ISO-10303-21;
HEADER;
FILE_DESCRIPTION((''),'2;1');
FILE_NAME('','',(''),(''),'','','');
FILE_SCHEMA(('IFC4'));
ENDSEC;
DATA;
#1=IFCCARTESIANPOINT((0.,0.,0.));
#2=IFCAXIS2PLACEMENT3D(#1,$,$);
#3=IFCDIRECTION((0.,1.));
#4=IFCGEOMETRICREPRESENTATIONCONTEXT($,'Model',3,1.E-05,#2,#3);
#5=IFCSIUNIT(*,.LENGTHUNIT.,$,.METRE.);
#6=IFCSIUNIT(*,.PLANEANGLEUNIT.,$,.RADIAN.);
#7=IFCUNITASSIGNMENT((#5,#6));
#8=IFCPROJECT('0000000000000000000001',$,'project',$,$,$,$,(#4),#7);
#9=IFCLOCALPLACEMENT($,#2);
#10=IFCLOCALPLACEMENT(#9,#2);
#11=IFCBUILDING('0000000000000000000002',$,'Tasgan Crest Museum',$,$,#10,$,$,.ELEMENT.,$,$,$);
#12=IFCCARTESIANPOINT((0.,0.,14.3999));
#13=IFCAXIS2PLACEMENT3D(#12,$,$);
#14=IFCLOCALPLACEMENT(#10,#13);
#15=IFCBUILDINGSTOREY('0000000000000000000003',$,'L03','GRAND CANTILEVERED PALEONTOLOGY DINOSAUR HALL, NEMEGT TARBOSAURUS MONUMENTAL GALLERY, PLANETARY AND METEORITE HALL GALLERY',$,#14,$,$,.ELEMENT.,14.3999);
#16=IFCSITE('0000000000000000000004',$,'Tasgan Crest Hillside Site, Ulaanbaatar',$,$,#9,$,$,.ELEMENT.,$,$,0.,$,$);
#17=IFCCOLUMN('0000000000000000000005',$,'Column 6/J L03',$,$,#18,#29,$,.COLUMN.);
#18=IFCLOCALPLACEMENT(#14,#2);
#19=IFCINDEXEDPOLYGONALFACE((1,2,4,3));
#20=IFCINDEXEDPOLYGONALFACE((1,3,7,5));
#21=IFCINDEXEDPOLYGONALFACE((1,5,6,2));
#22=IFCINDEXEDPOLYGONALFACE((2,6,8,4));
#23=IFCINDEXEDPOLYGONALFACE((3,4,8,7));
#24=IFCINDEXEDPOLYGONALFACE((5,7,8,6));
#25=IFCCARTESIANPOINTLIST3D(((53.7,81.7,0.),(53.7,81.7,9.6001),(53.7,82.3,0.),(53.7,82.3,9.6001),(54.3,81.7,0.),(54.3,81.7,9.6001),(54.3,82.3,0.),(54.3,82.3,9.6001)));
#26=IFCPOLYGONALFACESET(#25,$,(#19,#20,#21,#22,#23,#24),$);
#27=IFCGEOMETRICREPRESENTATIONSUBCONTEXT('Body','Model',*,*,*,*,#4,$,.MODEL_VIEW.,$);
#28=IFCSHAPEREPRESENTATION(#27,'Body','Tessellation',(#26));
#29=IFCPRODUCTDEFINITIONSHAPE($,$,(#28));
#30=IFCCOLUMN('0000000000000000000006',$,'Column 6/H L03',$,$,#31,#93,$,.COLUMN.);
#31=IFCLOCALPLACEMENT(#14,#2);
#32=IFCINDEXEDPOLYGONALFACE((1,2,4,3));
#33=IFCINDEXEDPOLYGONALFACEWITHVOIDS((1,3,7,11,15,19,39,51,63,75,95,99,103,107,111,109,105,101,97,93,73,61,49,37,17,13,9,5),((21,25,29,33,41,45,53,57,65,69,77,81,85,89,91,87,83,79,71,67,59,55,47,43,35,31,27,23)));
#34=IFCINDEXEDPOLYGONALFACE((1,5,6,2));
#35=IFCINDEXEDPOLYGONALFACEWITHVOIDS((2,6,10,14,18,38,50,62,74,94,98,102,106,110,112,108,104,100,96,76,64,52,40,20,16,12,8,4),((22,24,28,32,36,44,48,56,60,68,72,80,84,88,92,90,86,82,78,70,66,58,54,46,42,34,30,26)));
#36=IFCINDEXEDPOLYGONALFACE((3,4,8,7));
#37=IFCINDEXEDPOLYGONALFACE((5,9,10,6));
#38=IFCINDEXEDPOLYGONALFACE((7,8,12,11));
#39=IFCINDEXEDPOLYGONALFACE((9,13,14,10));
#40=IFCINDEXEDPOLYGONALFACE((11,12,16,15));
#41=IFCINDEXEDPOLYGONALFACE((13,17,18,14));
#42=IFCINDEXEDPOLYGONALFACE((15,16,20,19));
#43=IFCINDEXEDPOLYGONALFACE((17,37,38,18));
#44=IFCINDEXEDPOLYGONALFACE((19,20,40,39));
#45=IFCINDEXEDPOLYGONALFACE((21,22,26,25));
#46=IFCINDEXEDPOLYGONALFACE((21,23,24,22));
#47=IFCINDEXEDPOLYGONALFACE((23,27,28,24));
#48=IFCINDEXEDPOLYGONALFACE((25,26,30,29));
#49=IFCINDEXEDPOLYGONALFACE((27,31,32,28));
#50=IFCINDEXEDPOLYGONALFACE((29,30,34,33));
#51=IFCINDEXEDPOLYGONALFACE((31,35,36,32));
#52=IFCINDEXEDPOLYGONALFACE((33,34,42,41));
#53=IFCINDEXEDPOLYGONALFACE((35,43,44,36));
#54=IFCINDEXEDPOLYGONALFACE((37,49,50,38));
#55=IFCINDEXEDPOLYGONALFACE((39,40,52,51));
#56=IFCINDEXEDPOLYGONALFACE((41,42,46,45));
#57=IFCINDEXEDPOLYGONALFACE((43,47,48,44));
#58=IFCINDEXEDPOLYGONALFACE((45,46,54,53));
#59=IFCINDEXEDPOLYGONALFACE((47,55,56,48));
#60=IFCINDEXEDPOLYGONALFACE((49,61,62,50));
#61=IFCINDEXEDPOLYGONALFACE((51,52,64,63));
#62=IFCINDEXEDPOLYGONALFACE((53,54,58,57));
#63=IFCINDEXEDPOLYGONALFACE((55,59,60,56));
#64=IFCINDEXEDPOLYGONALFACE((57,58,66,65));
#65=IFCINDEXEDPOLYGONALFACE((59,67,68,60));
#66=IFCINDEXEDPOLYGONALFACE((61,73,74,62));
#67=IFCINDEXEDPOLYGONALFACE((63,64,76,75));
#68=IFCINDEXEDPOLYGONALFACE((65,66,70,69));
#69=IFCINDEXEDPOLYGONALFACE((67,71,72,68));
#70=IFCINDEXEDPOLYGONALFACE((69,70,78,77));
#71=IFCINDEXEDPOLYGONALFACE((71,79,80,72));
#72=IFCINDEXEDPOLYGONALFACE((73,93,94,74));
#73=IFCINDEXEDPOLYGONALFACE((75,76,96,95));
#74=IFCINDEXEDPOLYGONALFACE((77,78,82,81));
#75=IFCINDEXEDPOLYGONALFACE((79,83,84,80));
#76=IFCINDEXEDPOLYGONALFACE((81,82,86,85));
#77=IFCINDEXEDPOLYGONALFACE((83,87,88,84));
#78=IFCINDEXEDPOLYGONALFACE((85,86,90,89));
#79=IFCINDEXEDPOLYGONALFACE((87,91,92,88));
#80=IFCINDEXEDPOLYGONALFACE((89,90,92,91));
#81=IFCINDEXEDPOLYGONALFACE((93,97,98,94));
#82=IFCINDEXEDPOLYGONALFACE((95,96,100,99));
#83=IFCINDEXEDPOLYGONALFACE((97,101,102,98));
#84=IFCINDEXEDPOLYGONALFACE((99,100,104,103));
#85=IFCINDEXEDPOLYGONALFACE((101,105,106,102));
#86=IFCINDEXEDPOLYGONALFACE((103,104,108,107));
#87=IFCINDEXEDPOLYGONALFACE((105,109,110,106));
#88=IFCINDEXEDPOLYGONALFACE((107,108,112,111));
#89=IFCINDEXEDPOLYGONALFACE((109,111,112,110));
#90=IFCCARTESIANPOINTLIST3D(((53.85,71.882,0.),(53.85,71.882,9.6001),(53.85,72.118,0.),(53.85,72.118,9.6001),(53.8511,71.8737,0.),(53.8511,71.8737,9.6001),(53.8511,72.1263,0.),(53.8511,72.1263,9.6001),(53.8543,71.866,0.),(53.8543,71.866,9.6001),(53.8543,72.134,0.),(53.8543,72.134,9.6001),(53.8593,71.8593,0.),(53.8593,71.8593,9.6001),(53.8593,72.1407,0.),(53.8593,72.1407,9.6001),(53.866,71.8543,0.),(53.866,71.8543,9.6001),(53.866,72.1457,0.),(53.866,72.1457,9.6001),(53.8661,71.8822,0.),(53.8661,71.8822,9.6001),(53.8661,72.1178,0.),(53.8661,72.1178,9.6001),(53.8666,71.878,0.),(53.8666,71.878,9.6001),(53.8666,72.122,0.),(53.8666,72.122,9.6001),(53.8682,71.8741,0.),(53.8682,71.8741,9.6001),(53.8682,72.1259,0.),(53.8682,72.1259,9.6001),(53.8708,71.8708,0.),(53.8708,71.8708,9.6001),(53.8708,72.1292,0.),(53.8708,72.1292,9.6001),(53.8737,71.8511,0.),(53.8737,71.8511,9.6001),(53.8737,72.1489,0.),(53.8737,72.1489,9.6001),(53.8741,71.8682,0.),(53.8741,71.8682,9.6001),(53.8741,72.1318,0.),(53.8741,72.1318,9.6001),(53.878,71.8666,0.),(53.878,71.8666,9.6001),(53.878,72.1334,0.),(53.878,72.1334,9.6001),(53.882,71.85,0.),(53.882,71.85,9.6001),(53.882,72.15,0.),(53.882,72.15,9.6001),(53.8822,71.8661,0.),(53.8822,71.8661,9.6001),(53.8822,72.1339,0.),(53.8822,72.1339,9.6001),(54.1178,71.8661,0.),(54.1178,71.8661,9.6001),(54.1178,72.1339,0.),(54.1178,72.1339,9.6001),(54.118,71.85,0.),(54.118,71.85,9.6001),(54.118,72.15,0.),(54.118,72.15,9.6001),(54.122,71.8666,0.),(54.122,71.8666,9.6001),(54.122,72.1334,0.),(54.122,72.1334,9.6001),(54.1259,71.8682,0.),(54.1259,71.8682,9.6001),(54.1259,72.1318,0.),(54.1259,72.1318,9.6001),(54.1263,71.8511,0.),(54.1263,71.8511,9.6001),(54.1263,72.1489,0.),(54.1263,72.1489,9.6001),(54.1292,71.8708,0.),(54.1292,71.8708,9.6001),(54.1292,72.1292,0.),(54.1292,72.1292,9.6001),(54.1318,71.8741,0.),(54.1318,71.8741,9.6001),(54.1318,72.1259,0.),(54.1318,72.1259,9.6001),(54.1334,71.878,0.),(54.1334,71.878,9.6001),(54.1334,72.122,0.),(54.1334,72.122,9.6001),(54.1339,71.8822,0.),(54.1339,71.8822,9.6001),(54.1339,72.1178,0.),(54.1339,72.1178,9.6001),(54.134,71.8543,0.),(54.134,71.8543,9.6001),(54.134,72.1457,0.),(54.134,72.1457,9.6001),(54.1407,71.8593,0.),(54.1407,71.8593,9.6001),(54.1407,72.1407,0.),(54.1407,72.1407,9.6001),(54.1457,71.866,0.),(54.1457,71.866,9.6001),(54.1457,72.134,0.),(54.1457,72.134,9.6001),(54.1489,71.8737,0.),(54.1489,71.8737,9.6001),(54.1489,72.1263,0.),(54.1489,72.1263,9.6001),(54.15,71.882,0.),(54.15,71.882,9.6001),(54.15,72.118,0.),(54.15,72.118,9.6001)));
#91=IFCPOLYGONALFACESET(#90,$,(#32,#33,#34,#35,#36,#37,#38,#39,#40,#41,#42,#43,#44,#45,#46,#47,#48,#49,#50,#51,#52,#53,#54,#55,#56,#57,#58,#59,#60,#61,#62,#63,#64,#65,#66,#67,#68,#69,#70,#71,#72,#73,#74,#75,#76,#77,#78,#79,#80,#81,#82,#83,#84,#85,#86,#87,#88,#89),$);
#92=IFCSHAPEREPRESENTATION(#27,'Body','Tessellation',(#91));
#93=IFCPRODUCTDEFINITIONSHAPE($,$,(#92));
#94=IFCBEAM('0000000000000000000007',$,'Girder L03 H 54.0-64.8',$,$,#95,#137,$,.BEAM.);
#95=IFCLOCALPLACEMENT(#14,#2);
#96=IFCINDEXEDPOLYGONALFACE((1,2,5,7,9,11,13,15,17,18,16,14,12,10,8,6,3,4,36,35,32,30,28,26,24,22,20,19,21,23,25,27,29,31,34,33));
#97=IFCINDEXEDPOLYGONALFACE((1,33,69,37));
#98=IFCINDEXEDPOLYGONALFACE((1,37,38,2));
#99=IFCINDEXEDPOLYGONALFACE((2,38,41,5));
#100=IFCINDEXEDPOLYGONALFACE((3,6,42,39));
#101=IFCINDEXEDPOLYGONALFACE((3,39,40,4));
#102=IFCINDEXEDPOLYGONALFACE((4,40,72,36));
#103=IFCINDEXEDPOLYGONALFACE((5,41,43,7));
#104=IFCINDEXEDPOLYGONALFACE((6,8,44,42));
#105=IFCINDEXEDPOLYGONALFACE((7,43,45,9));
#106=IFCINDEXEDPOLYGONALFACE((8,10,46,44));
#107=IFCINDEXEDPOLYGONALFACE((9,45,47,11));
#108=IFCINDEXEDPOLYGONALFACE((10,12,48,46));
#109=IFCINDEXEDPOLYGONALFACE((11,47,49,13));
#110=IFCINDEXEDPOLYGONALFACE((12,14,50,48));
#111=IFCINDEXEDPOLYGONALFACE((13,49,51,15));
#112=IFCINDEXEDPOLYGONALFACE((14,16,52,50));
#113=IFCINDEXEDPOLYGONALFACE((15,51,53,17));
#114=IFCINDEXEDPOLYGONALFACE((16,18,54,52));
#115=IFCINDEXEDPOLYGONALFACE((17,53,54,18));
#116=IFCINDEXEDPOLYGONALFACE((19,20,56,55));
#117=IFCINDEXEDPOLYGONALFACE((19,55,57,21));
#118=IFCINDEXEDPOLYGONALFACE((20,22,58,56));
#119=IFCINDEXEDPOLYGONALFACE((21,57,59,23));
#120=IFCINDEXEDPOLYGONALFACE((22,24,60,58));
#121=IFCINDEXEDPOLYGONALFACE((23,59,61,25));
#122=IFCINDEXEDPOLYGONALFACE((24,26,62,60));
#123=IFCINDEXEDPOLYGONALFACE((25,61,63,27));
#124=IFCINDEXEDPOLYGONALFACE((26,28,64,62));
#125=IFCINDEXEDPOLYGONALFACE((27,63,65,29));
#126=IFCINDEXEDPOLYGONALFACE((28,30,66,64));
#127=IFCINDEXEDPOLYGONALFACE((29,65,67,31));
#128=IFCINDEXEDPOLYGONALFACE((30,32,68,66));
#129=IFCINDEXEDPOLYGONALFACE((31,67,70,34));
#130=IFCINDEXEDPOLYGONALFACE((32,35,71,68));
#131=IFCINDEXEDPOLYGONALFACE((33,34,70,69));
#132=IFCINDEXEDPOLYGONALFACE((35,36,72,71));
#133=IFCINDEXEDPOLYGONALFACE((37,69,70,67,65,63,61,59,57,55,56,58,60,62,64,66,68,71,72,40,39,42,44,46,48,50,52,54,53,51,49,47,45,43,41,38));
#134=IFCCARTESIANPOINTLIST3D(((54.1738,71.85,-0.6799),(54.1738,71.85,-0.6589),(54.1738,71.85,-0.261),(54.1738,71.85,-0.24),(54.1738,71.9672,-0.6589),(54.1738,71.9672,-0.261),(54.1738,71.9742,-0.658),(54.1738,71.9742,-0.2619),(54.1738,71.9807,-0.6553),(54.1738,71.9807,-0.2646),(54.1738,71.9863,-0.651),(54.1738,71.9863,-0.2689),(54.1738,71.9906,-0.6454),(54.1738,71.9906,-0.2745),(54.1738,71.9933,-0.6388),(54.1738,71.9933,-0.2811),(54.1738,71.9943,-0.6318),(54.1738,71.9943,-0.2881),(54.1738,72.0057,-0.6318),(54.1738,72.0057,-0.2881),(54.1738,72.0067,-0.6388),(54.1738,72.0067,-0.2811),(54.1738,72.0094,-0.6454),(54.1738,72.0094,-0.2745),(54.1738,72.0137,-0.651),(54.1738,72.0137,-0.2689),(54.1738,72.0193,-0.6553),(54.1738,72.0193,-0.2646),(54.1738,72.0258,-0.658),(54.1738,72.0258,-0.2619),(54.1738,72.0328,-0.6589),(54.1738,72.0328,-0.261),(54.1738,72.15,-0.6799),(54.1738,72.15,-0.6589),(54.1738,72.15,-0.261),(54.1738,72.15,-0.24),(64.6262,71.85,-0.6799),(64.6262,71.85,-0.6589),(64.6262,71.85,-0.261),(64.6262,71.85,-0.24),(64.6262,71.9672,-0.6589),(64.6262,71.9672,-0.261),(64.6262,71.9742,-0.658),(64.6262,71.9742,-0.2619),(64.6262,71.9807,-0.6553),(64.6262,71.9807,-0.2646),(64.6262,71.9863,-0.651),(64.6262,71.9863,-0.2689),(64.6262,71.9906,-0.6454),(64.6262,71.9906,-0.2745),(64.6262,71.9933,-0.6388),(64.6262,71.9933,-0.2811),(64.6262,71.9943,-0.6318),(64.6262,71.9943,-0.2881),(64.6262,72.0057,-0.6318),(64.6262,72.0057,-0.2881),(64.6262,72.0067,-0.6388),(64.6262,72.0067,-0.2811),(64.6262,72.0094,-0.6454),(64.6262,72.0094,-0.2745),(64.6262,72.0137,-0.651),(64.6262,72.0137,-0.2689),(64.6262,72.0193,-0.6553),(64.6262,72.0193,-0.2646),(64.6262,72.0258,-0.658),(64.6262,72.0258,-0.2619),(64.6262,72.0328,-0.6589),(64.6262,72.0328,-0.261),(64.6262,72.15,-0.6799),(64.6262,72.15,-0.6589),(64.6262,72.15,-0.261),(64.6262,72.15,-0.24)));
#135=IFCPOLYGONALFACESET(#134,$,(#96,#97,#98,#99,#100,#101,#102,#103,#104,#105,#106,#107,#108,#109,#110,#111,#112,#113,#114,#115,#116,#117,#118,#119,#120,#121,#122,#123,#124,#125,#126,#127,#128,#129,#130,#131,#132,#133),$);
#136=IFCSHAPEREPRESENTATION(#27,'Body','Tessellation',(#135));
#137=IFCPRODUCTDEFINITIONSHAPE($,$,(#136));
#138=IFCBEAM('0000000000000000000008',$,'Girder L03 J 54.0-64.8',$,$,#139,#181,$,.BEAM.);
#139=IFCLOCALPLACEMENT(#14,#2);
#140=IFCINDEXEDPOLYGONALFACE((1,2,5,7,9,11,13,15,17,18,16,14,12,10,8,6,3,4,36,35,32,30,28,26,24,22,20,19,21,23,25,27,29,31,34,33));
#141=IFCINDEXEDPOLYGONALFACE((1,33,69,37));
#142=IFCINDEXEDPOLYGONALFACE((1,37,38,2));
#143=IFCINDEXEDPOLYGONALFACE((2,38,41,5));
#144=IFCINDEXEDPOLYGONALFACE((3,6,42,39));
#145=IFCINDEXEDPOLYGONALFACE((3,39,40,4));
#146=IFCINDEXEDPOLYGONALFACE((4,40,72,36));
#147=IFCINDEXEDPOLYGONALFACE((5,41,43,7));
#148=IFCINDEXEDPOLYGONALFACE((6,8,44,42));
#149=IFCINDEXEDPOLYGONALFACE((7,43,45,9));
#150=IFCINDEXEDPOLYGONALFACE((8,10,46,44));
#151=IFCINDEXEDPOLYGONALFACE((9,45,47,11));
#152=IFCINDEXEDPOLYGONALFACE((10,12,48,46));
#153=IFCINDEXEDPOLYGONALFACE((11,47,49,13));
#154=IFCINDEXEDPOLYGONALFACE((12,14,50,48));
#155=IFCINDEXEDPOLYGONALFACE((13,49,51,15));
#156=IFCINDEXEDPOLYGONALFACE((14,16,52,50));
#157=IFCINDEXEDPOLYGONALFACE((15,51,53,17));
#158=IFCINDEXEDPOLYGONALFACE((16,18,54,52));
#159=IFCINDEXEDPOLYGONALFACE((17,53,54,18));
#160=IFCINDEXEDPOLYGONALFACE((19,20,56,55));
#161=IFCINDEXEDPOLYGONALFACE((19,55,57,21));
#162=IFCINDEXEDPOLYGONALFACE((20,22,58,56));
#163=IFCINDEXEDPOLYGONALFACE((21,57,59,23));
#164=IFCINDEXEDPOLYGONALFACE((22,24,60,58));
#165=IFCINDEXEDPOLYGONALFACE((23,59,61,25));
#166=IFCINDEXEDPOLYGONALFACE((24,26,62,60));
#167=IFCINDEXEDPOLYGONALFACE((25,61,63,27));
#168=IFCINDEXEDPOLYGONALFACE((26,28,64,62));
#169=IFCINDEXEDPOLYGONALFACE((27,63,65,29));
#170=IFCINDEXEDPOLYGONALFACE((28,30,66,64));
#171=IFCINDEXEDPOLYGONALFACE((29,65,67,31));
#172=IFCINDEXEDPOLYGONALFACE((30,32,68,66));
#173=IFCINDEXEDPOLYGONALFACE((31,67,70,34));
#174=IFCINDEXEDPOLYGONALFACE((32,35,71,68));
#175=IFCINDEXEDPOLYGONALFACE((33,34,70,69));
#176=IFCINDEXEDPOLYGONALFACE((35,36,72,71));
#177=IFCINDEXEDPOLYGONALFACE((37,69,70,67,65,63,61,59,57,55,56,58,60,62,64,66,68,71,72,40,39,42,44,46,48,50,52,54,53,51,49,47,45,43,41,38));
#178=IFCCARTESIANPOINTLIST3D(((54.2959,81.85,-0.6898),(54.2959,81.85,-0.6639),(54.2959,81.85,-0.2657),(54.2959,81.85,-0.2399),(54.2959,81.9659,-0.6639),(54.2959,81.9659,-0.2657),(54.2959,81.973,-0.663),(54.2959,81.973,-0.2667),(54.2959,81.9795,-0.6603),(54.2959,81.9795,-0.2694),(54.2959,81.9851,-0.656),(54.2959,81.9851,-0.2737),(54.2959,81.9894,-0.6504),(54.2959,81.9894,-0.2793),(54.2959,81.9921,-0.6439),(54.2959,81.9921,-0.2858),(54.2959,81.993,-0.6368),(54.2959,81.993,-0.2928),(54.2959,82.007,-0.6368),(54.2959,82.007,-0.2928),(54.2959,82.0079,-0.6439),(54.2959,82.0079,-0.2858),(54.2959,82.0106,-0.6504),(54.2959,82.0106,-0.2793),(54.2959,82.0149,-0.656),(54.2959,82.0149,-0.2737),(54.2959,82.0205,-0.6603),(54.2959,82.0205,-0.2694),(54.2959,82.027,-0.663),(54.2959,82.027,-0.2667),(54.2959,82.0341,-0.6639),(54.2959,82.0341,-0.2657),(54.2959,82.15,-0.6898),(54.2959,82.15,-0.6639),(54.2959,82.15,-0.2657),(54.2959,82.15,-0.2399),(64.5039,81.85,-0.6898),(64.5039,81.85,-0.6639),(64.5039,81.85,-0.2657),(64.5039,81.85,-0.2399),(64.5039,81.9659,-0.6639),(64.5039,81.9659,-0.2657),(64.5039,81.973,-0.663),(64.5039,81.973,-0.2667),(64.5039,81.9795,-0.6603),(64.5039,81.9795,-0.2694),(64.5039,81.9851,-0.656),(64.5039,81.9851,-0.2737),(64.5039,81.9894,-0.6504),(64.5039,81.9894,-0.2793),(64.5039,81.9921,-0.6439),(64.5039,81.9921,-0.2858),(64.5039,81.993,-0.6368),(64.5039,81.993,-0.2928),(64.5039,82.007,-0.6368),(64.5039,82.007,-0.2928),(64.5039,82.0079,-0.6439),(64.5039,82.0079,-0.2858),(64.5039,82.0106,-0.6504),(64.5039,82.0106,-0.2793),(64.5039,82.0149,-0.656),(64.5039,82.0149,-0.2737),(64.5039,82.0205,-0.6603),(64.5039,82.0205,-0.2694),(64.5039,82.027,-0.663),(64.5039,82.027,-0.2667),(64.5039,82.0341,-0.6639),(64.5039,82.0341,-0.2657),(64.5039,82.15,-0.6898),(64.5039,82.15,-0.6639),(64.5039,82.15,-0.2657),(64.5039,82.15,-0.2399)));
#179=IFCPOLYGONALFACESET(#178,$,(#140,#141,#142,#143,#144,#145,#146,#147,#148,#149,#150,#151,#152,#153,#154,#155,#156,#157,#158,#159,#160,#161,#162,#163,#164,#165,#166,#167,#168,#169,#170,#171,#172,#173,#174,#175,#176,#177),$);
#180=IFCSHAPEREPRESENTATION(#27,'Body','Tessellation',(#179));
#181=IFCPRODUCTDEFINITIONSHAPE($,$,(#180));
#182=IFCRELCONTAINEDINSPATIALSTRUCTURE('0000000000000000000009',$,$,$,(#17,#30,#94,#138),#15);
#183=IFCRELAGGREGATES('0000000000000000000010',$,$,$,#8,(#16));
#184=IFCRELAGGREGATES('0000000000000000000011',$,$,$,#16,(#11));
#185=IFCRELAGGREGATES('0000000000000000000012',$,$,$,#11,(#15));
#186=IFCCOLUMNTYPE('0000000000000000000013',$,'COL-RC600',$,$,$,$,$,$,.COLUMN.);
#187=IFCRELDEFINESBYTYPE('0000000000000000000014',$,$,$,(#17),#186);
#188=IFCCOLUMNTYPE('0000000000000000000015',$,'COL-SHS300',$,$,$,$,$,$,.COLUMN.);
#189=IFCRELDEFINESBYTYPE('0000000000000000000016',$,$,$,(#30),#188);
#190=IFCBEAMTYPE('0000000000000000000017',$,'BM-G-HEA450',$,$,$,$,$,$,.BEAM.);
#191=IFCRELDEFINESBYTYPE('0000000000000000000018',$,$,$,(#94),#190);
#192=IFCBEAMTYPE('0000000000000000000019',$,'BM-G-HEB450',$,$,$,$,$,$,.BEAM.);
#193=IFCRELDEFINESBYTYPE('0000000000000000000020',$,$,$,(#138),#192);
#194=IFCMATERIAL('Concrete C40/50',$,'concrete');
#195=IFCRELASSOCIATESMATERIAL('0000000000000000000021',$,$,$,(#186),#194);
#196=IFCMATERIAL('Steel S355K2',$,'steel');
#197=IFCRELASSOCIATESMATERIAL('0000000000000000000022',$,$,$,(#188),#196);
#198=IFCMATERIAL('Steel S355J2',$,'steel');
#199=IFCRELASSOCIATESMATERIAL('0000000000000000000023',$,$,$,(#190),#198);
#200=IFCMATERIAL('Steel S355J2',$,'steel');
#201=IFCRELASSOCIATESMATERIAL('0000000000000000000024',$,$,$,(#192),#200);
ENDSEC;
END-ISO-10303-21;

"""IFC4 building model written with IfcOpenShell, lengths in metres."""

from ifc_helpers import new_model, si_unit, direction, frame, origin, origin_2d, place, context, subcontext, project, spatial, rectangle, hollow_rectangle, i_section, extrude, material, material_profile, profile_set, type_object, element, save


model = new_model("IFC4")

# Units and contexts
model_context = context("Model", 3, precision=1e-05, world=origin(), true_north=direction((0.0, 1.0)))
body_context = subcontext(model_context, "Body", "Model", "MODEL_VIEW")
ifc_project = project(units=[si_unit("LENGTHUNIT", "METRE"), si_unit("PLANEANGLEUNIT", "RADIAN")], contexts=[model_context])

# Site, building, storey
site_placement = place(None, origin())
site = spatial("IfcSite", under=ifc_project, at=site_placement, Name="Tasgan Crest Hillside Site, Ulaanbaatar", CompositionType="ELEMENT", RefElevation=0.0)
building_placement = place(site_placement, origin())
building = spatial("IfcBuilding", under=site, at=building_placement, Name="Tasgan Crest Museum", CompositionType="ELEMENT")
storey_placement = place(building_placement, frame((0.0, 0.0, 14.3999)))
storey = spatial("IfcBuildingStorey", under=building, at=storey_placement, Name="L03", Description="GRAND CANTILEVERED PALEONTOLOGY DINOSAUR HALL, NEMEGT TARBOSAURUS MONUMENTAL GALLERY, PLANETARY AND METEORITE HALL GALLERY", CompositionType="ELEMENT", Elevation=14.3999)

# Columns
ifc_material_1 = material(Name="Concrete C40/50", Category="concrete")
ifc_material_profile_1 = material_profile(ifc_material_1, rectangle(XDim=0.6001, YDim=0.6001, at=origin_2d()), Name="RC 600x600")
ifc_profile_set_1 = profile_set([ifc_material_profile_1], Name="Concrete C40/50")
column_type_1 = type_object("IfcColumnType", Name="COL-RC600", PredefinedType="COLUMN", material=ifc_profile_set_1)
column_1_placement = place(storey_placement, frame((54.0, 82.0, 0.0), z_axis=(0.0, 0.0, 1.0), x_axis=(1.0, 0.0, 0.0)))
element("IfcColumn", 1, at=column_1_placement, inside=storey, type_object=column_type_1, Name="Column 6/J L03", PredefinedType="COLUMN", context=body_context, shape_type="SweptSolid", body=[
    extrude(rectangle(XDim=0.6001, YDim=0.6001, at=origin_2d()), origin(), (0.0, 0.0, 1.0), 9.6001),
])
ifc_material_2 = material(Name="Steel S355K2", Category="steel")
ifc_material_profile_2 = material_profile(ifc_material_2, hollow_rectangle(XDim=0.3, YDim=0.3, WallThickness=0.0161, InnerFilletRadius=0.0161, OuterFilletRadius=0.032, at=origin_2d()), Name="SHS 300x300x16")
ifc_profile_set_2 = profile_set([ifc_material_profile_2], Name="Steel S355K2")
column_type_2 = type_object("IfcColumnType", Name="COL-SHS300", PredefinedType="COLUMN", material=ifc_profile_set_2)
column_2_placement = place(storey_placement, frame((54.0, 72.0, 0.0), z_axis=(0.0, 0.0, 1.0), x_axis=(1.0, 0.0, 0.0)))
element("IfcColumn", 2, at=column_2_placement, inside=storey, type_object=column_type_2, Name="Column 6/H L03", PredefinedType="COLUMN", context=body_context, shape_type="SweptSolid", body=[
    extrude(hollow_rectangle(XDim=0.3, YDim=0.3, WallThickness=0.0161, InnerFilletRadius=0.0161, OuterFilletRadius=0.032, at=origin_2d()), origin(), (0.0, 0.0, 1.0), 9.6001),
])

# Beams
ifc_material_3 = material(Name="Steel S355J2", Category="steel")
ifc_material_profile_3 = material_profile(ifc_material_3, i_section(OverallWidth=0.3, OverallDepth=0.4399, WebThickness=0.0115, FlangeThickness=0.021, FilletRadius=0.0271, at=origin_2d()), Name="HEA 450")
ifc_profile_set_3 = profile_set([ifc_material_profile_3], Name="Steel S355J2")
beam_type_1 = type_object("IfcBeamType", Name="BM-G-HEA450", PredefinedType="BEAM", material=ifc_profile_set_3)
beam_1_placement = place(storey_placement, frame((54.1738, 72.0, -0.46), z_axis=(1.0, 0.0, 0.0), x_axis=(0.0, 1.0, 0.0)))
element("IfcBeam", 3, at=beam_1_placement, inside=storey, type_object=beam_type_1, Name="Girder L03 H 54.0-64.8", PredefinedType="BEAM", context=body_context, shape_type="SweptSolid", body=[
    extrude(i_section(OverallWidth=0.3, OverallDepth=0.4399, WebThickness=0.0115, FlangeThickness=0.021, FilletRadius=0.0271, at=origin_2d()), origin(), (0.0, 0.0, 1.0), 10.4524),
])
ifc_material_4 = material(Name="Steel S355J2", Category="steel")
ifc_material_profile_4 = material_profile(ifc_material_4, i_section(OverallWidth=0.3, OverallDepth=0.45, WebThickness=0.0139, FlangeThickness=0.0259, FilletRadius=0.0271, at=origin_2d()), Name="HEB 450")
ifc_profile_set_4 = profile_set([ifc_material_profile_4], Name="Steel S355J2")
beam_type_2 = type_object("IfcBeamType", Name="BM-G-HEB450", PredefinedType="BEAM", material=ifc_profile_set_4)
beam_2_placement = place(storey_placement, frame((54.2959, 82.0, -0.4648), z_axis=(1.0, 0.0, 0.0), x_axis=(0.0, 1.0, 0.0)))
element("IfcBeam", 4, at=beam_2_placement, inside=storey, type_object=beam_type_2, Name="Girder L03 J 54.0-64.8", PredefinedType="BEAM", context=body_context, shape_type="SweptSolid", body=[
    extrude(i_section(OverallWidth=0.3, OverallDepth=0.45, WebThickness=0.0139, FlangeThickness=0.0259, FilletRadius=0.0271, at=origin_2d()), origin(), (0.0, 0.0, 1.0), 10.208),
])

save(model, "model.ifc")
